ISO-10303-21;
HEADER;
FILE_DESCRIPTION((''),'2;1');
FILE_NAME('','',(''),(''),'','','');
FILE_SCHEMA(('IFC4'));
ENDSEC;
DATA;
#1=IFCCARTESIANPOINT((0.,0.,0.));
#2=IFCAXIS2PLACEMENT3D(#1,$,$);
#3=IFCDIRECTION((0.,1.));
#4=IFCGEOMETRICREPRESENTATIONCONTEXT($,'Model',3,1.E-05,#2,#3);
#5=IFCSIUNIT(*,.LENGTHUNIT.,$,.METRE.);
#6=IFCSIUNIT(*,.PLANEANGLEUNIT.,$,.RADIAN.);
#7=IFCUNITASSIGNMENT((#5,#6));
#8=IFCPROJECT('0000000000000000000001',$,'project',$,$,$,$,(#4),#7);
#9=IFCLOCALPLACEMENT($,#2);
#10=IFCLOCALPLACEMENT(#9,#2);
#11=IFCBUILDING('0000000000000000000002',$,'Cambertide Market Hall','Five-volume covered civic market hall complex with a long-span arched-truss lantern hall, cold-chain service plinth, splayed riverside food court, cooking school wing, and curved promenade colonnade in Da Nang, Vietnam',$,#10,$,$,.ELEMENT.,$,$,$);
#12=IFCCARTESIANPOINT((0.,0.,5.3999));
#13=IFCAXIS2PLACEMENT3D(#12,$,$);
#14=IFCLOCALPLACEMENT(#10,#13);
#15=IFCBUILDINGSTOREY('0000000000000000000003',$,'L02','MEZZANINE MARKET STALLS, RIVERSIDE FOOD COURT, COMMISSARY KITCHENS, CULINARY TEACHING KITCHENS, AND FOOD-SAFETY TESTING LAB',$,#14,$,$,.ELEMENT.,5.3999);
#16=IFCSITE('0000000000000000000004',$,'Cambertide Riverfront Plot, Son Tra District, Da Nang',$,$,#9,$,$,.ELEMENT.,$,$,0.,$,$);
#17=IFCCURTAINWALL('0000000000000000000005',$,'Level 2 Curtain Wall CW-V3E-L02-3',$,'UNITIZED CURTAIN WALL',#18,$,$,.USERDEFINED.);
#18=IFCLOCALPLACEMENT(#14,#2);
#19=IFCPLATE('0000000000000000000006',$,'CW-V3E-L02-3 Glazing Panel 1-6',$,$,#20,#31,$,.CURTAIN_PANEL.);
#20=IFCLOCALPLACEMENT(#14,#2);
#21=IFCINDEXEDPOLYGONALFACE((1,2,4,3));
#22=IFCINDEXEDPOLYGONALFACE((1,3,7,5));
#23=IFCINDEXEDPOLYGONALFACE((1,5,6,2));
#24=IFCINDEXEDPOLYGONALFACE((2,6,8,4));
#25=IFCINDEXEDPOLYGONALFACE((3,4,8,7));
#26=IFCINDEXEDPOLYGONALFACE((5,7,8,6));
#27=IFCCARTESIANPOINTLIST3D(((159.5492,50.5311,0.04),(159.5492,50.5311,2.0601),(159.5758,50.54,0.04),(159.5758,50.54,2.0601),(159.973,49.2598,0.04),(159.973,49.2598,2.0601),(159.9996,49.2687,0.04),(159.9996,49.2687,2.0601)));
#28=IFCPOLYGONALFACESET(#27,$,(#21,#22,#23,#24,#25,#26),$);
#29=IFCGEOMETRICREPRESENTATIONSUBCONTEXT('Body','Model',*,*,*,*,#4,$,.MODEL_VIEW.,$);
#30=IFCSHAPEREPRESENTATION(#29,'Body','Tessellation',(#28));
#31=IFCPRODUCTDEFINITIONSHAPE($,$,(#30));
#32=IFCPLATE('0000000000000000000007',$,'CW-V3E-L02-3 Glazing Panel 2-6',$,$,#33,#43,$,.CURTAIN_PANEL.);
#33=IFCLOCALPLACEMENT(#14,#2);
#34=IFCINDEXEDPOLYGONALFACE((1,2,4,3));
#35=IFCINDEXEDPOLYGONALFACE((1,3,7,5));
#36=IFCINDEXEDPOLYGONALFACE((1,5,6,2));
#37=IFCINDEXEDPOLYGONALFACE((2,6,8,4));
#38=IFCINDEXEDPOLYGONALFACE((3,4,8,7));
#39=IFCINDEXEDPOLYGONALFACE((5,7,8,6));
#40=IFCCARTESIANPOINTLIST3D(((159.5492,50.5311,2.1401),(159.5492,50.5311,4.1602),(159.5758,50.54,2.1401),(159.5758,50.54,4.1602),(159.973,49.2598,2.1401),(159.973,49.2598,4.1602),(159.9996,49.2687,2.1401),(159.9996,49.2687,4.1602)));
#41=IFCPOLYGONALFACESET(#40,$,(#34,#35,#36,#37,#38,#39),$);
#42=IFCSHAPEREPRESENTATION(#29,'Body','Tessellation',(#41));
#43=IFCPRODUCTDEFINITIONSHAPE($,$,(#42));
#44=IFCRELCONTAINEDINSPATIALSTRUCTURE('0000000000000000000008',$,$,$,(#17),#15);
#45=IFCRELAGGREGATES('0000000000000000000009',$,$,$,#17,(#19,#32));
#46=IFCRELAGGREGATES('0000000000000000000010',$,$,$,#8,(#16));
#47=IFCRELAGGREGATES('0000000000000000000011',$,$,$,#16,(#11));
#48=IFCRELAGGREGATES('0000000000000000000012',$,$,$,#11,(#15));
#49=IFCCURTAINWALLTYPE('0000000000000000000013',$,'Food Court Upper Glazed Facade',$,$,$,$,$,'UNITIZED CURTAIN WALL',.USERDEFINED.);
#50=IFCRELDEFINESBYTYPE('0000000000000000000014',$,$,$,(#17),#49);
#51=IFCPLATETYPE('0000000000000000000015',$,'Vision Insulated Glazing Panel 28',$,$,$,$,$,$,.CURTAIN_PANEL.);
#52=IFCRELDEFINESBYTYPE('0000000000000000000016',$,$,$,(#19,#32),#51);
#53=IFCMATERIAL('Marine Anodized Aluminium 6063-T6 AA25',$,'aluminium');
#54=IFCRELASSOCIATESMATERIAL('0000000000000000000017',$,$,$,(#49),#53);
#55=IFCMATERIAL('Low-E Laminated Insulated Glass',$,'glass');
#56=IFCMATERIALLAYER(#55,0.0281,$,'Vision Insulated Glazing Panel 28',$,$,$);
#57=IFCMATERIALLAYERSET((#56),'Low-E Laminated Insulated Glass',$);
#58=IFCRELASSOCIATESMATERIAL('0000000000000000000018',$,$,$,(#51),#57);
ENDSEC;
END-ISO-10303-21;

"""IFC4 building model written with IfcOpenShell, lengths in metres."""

from ifc_helpers import new_model, si_unit, direction, frame, origin, origin_2d, place, context, subcontext, project, spatial, rectangle, extrude, material, layer, layer_set, type_object, element, aggregate, save


model = new_model("IFC4")

# Units and contexts
model_context = context("Model", 3, precision=1e-05, world=origin(), true_north=direction((0.0, 1.0)))
body_context = subcontext(model_context, "Body", "Model", "MODEL_VIEW")
ifc_project = project(units=[si_unit("LENGTHUNIT", "METRE"), si_unit("PLANEANGLEUNIT", "RADIAN")], contexts=[model_context])

# Site, building, storey
site_placement = place(None, origin())
site = spatial("IfcSite", under=ifc_project, at=site_placement, Name="Cambertide Riverfront Plot, Son Tra District, Da Nang", CompositionType="ELEMENT", RefElevation=0.0)
building_placement = place(site_placement, origin())
building = spatial("IfcBuilding", under=site, at=building_placement, Name="Cambertide Market Hall", Description="Five-volume covered civic market hall complex with a long-span arched-truss lantern hall, cold-chain service plinth, splayed riverside food court, cooking school wing, and curved promenade colonnade in Da Nang, Vietnam", CompositionType="ELEMENT")
storey_placement = place(building_placement, frame((0.0, 0.0, 5.3999)))
storey = spatial("IfcBuildingStorey", under=building, at=storey_placement, Name="L02", Description="MEZZANINE MARKET STALLS, RIVERSIDE FOOD COURT, COMMISSARY KITCHENS, CULINARY TEACHING KITCHENS, AND FOOD-SAFETY TESTING LAB", CompositionType="ELEMENT", Elevation=5.3999)

# Curtain wall
ifc_material_1 = material(Name="Marine Anodized Aluminium 6063-T6 AA25", Category="aluminium")
curtain_wall_type = type_object("IfcCurtainWallType", Name="Food Court Upper Glazed Facade", ElementType="UNITIZED CURTAIN WALL", PredefinedType="USERDEFINED", material=ifc_material_1)
curtain_wall_1_placement = place(storey_placement, origin())
curtain_wall_1 = element("IfcCurtainWall", 1, at=curtain_wall_1_placement, inside=storey, type_object=curtain_wall_type, Name="Level 2 Curtain Wall CW-V3E-L02-3", ObjectType="UNITIZED CURTAIN WALL", PredefinedType="USERDEFINED")

# Plates
ifc_material_2 = material(Name="Low-E Laminated Insulated Glass", Category="glass")
ifc_layer = layer(ifc_material_2, 0.0281, Name="Vision Insulated Glazing Panel 28")
ifc_layer_set = layer_set([ifc_layer], Name="Low-E Laminated Insulated Glass")
plate_type = type_object("IfcPlateType", Name="Vision Insulated Glazing Panel 28", PredefinedType="CURTAIN_PANEL", material=ifc_layer_set)
plate_1_placement = place(storey_placement, frame((159.7744, 49.8999, 0.04), z_axis=(0.0, 0.0, 1.0), x_axis=(0.316228, -0.948683, 0.0)))
plate_1 = element("IfcPlate", 2, at=plate_1_placement, type_object=plate_type, Name="CW-V3E-L02-3 Glazing Panel 1-6", PredefinedType="CURTAIN_PANEL", context=body_context, shape_type="SweptSolid", body=[
    extrude(rectangle(XDim=1.3401, YDim=0.0281, at=origin_2d()), origin(), (0.0, 0.0, 1.0), 2.02),
])
plate_2_placement = place(storey_placement, frame((159.7744, 49.8999, 2.1401), z_axis=(0.0, 0.0, 1.0), x_axis=(0.316228, -0.948683, 0.0)))
plate_2 = element("IfcPlate", 3, at=plate_2_placement, type_object=plate_type, Name="CW-V3E-L02-3 Glazing Panel 2-6", PredefinedType="CURTAIN_PANEL", context=body_context, shape_type="SweptSolid", body=[
    extrude(rectangle(XDim=1.3401, YDim=0.0281, at=origin_2d()), origin(), (0.0, 0.0, 1.0), 2.02),
])
aggregate(curtain_wall_1, [plate_1, plate_2])

save(model, "model.ifc")
